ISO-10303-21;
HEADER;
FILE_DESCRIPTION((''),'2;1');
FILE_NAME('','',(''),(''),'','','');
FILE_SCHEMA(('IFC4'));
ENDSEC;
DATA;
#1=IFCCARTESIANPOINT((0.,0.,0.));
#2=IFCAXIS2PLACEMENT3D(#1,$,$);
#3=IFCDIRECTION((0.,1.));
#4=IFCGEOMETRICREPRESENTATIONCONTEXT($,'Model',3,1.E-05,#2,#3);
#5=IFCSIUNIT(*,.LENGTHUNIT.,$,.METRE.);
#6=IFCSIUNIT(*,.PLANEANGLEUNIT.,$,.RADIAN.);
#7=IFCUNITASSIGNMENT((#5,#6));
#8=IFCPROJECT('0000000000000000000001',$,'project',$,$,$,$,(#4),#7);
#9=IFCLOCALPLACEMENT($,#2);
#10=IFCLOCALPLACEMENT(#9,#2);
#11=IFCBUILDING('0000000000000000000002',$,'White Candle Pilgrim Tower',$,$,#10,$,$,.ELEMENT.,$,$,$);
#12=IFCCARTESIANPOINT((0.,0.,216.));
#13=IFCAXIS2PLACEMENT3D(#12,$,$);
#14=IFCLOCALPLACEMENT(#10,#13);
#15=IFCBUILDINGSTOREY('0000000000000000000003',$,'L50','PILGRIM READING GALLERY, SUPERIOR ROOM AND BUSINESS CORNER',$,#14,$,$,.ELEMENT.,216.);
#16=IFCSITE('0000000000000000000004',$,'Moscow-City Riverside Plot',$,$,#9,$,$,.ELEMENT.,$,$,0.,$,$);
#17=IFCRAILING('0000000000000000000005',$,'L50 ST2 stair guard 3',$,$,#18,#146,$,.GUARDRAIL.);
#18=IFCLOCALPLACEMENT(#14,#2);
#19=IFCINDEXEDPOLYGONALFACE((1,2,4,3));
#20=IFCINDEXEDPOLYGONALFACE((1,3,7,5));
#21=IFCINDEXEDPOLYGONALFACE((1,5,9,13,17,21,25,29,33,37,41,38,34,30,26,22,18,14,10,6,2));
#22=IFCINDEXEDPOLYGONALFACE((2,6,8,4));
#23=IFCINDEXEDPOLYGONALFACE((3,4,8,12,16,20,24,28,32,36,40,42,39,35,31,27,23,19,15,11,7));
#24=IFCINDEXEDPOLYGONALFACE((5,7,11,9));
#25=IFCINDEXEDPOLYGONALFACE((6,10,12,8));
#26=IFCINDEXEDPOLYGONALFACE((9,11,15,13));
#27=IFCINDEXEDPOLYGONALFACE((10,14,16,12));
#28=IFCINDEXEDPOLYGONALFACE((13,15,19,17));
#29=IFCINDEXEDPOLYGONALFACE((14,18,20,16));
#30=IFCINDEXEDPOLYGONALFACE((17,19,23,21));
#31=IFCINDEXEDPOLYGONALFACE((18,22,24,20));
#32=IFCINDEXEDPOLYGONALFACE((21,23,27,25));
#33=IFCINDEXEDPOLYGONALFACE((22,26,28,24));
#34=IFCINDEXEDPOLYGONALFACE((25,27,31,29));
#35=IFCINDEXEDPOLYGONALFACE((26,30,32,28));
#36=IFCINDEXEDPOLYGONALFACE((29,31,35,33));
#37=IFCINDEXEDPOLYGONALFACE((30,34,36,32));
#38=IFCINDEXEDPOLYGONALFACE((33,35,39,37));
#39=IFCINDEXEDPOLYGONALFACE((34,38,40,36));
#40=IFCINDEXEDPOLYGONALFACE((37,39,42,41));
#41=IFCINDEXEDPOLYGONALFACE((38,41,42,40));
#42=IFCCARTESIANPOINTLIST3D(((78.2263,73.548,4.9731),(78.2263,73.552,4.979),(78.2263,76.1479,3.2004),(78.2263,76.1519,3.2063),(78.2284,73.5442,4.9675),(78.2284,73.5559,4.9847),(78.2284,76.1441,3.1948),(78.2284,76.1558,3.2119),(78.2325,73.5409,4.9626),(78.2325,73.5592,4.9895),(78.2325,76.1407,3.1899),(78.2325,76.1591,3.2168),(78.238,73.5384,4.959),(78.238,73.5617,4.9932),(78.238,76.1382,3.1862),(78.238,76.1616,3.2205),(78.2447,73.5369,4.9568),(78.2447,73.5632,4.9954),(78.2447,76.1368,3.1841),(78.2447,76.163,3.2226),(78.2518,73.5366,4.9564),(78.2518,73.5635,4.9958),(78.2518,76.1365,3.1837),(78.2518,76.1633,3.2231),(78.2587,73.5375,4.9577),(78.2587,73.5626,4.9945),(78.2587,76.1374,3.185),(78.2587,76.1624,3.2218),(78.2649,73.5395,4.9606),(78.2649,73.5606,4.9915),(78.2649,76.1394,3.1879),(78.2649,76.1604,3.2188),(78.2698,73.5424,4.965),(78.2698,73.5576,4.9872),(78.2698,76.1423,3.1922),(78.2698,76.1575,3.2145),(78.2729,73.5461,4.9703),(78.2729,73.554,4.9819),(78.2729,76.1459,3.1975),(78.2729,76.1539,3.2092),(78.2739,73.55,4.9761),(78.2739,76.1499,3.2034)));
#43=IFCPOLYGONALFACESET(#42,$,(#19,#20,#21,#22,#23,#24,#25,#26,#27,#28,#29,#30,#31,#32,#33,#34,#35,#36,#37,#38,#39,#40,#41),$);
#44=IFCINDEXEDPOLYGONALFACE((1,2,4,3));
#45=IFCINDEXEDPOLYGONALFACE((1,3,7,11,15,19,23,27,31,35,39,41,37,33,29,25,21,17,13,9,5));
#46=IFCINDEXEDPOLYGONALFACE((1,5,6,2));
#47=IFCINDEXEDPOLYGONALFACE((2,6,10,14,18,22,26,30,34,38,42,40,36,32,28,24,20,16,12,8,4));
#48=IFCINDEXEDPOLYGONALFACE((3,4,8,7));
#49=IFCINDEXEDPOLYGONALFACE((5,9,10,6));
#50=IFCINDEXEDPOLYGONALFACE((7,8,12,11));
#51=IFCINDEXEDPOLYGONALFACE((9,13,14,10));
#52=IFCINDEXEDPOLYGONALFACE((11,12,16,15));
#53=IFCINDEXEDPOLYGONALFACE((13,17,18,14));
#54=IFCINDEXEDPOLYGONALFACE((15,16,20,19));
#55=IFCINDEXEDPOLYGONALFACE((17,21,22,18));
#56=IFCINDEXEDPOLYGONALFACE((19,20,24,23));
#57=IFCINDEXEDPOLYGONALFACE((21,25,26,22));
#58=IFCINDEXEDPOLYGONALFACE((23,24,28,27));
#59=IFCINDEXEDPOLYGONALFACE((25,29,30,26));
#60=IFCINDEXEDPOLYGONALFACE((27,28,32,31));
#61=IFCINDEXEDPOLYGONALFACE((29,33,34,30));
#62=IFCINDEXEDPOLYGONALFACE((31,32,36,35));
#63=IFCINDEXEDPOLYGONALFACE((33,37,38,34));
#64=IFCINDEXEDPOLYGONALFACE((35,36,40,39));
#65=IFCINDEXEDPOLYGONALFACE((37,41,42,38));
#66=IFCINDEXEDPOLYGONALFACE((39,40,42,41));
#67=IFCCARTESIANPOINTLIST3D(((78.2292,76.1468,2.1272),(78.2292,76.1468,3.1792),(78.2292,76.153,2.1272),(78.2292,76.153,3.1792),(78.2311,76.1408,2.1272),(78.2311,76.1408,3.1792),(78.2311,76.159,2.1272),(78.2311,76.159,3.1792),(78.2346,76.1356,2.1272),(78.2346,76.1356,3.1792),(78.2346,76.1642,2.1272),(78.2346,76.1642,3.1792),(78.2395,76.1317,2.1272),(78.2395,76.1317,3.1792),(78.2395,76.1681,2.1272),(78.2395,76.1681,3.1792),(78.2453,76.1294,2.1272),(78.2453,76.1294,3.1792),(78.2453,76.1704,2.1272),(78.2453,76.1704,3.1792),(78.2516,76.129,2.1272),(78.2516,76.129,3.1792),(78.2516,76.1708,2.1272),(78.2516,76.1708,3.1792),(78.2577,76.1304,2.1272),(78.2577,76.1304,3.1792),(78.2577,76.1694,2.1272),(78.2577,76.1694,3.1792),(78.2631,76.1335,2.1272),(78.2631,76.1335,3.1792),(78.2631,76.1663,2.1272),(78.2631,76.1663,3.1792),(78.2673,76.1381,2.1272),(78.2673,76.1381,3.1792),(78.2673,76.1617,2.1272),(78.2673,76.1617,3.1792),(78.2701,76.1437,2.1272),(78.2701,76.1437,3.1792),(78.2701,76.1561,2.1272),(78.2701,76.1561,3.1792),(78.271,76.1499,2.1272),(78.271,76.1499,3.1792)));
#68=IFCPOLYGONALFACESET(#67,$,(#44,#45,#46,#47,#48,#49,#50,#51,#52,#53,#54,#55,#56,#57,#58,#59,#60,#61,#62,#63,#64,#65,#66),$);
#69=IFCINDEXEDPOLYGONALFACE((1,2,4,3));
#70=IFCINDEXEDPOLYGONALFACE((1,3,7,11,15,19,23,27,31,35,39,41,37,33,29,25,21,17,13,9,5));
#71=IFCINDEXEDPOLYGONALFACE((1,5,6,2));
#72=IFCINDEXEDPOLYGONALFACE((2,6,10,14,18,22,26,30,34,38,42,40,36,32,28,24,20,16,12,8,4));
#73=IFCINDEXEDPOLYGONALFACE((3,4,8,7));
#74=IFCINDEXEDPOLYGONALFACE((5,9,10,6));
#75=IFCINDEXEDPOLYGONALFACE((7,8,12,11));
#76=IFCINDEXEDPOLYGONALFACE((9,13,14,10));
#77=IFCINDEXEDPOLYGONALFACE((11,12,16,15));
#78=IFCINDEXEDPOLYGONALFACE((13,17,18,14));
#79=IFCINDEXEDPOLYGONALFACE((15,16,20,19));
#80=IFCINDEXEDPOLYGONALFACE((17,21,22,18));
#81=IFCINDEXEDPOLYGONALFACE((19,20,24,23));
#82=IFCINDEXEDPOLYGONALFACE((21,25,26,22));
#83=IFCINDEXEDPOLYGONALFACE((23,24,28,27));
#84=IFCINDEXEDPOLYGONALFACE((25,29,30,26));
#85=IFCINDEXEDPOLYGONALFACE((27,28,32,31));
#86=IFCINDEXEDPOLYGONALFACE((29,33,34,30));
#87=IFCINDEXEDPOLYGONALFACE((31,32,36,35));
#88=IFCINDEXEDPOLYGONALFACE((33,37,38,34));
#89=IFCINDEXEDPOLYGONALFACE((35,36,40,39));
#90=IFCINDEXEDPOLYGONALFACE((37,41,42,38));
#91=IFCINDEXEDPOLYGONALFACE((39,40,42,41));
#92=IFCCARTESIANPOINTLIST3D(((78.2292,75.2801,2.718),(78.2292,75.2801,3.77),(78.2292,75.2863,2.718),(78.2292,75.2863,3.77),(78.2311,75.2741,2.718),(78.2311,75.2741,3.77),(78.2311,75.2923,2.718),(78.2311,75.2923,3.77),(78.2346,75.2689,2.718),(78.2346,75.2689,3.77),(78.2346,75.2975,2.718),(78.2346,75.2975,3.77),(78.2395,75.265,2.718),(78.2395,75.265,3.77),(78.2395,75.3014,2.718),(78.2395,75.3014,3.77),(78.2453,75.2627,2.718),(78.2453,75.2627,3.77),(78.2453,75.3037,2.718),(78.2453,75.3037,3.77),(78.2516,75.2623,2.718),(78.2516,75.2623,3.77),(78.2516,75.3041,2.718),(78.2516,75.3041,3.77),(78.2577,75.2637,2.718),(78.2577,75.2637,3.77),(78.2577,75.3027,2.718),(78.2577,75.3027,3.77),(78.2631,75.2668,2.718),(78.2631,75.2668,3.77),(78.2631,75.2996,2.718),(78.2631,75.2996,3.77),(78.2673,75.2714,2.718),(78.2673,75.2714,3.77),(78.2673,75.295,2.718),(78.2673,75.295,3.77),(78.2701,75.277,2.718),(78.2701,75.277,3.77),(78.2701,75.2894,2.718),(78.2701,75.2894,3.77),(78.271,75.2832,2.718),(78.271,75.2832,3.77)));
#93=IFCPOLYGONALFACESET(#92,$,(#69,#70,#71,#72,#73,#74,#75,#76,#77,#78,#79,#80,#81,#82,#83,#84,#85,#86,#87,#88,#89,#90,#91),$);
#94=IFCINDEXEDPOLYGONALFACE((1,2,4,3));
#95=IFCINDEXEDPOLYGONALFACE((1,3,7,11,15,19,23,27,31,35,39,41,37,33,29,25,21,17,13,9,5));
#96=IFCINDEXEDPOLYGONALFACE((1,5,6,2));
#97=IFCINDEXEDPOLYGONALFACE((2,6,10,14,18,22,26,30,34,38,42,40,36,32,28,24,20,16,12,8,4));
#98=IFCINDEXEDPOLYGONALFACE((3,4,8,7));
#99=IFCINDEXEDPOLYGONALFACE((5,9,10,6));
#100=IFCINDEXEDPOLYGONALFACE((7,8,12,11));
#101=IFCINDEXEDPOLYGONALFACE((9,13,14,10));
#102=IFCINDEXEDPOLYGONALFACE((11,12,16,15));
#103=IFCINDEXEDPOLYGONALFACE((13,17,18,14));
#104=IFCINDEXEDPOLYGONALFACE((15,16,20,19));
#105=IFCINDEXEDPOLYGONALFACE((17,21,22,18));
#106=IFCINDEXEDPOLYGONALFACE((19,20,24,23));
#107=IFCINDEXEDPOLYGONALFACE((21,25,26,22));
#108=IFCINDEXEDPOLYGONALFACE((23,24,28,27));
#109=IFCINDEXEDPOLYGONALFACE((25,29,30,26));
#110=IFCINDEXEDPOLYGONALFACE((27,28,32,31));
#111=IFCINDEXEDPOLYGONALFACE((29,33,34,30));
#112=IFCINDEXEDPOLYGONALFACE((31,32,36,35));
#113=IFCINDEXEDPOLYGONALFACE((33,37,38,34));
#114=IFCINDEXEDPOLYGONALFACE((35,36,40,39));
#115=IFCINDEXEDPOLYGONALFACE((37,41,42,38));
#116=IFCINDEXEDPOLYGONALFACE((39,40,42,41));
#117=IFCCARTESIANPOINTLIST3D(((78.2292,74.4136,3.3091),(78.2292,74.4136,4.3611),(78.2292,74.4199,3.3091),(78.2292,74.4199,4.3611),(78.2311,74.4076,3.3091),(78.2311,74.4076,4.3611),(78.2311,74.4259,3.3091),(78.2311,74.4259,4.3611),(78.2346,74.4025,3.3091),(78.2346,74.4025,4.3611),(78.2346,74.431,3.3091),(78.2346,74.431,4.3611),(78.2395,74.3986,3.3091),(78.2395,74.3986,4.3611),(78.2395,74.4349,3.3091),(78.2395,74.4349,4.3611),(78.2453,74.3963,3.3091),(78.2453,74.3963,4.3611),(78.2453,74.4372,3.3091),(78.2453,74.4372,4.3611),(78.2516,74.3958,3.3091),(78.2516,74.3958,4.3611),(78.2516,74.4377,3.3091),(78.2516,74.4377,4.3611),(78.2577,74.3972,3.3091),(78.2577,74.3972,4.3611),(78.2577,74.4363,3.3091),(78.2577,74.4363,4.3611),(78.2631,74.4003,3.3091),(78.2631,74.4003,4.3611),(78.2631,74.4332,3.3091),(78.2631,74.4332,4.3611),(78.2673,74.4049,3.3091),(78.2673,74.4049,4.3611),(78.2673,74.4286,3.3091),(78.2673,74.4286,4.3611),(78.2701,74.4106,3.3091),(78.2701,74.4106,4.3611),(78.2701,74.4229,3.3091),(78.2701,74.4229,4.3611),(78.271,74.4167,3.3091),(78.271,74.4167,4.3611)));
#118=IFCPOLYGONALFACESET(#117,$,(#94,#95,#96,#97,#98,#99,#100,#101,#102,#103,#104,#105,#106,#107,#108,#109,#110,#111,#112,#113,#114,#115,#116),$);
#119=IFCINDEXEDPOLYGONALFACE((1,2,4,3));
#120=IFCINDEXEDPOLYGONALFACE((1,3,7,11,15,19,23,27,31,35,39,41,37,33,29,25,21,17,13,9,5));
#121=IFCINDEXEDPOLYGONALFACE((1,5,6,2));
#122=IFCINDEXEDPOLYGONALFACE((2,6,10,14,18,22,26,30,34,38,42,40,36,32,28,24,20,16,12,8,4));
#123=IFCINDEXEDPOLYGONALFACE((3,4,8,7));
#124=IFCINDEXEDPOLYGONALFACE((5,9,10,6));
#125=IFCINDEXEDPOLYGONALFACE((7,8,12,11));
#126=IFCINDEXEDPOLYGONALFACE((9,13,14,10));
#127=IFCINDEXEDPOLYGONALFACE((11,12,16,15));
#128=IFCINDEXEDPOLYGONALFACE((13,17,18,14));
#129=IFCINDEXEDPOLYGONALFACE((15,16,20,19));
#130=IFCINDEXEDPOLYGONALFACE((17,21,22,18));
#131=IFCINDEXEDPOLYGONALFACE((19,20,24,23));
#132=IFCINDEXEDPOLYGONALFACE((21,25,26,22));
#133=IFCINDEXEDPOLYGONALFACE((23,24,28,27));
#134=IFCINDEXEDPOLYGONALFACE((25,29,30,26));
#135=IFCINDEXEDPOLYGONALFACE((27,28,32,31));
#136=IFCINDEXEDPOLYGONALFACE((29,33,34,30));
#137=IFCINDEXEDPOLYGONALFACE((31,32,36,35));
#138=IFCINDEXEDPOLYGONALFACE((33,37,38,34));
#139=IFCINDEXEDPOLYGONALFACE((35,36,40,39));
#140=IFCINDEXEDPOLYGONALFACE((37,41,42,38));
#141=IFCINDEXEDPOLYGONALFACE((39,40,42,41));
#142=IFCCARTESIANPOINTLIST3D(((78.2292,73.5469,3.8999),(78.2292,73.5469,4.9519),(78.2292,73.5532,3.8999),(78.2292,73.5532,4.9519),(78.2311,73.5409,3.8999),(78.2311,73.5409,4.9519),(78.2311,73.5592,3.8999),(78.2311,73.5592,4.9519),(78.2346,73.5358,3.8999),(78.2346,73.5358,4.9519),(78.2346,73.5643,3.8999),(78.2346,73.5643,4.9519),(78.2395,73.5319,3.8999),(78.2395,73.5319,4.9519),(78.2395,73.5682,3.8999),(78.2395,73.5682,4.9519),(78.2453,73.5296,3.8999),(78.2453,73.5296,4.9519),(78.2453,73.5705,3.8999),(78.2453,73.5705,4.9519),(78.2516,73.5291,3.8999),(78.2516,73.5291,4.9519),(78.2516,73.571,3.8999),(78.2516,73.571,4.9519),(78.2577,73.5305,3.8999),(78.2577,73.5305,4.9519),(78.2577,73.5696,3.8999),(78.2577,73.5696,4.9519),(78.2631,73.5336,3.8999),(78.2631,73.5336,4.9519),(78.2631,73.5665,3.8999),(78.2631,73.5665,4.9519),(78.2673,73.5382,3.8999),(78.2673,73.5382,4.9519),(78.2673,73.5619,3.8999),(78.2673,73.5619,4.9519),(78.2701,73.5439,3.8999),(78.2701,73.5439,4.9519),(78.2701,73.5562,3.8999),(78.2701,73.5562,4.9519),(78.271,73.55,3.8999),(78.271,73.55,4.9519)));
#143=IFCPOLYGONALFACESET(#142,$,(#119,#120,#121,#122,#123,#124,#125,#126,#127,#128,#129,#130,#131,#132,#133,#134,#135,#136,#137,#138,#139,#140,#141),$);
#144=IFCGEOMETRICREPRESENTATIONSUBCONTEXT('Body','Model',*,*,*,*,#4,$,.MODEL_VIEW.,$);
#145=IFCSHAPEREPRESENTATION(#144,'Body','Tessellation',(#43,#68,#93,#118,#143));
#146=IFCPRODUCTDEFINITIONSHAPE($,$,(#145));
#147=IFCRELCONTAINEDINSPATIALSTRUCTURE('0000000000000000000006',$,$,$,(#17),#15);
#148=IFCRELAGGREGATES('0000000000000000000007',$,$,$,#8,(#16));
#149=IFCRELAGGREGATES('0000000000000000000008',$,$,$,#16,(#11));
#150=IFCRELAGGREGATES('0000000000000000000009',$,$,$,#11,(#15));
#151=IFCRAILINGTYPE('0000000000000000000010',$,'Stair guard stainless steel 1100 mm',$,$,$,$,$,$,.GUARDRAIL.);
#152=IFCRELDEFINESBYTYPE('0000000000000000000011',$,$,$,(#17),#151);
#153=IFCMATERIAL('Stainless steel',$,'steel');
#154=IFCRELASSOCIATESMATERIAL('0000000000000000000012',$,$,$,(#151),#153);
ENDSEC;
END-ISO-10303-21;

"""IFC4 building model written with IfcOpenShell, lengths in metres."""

from ifc_helpers import new_model, si_unit, direction, frame, origin, origin_2d, place, context, subcontext, project, spatial, circle, extrude, material, type_object, element, save


model = new_model("IFC4")

# Units and contexts
model_context = context("Model", 3, precision=1e-05, world=origin(), true_north=direction((0.0, 1.0)))
body_context = subcontext(model_context, "Body", "Model", "MODEL_VIEW")
ifc_project = project(units=[si_unit("LENGTHUNIT", "METRE"), si_unit("PLANEANGLEUNIT", "RADIAN")], contexts=[model_context])

# Site, building, storey
site_placement = place(None, origin())
site = spatial("IfcSite", under=ifc_project, at=site_placement, Name="Moscow-City Riverside Plot", CompositionType="ELEMENT", RefElevation=0.0)
building_placement = place(site_placement, origin())
building = spatial("IfcBuilding", under=site, at=building_placement, Name="White Candle Pilgrim Tower", CompositionType="ELEMENT")
storey_placement = place(building_placement, frame((0.0, 0.0, 216.0)))
storey = spatial("IfcBuildingStorey", under=building, at=storey_placement, Name="L50", Description="PILGRIM READING GALLERY, SUPERIOR ROOM AND BUSINESS CORNER", CompositionType="ELEMENT", Elevation=216.0)

# Railing
ifc_material_1 = material(Name="Stainless steel", Category="steel")
railing_type_1 = type_object("IfcRailingType", Name="Stair guard stainless steel 1100 mm", PredefinedType="GUARDRAIL", material=ifc_material_1)
railing_1_placement = place(storey_placement, frame((78.25, 76.1499, 2.1272)))
element("IfcRailing", 1, at=railing_1_placement, inside=storey, type_object=railing_type_1, Name="L50 ST2 stair guard 3", PredefinedType="GUARDRAIL", context=body_context, shape_type="SweptSolid", body=[
    extrude(circle(Radius=0.0239, at=origin_2d()), frame((0.0, 0.0, 1.0762), z_axis=(0.0, -0.826216, 0.563354), x_axis=(1.0, 0.0, 0.0)), (0.0, 0.0, 1.0), 3.1467),
    extrude(circle(Radius=0.021, at=origin_2d()), origin(), (0.0, 0.0, 1.0), 1.052),
    extrude(circle(Radius=0.021, at=origin_2d()), frame((0.0, -0.8667, 0.5908)), (0.0, 0.0, 1.0), 1.052),
    extrude(circle(Radius=0.021, at=origin_2d()), frame((0.0, -1.7332, 1.1819)), (0.0, 0.0, 1.0), 1.052),
    extrude(circle(Radius=0.021, at=origin_2d()), frame((0.0, -2.5999, 1.7727)), (0.0, 0.0, 1.0), 1.052),
])

save(model, "model.ifc")
